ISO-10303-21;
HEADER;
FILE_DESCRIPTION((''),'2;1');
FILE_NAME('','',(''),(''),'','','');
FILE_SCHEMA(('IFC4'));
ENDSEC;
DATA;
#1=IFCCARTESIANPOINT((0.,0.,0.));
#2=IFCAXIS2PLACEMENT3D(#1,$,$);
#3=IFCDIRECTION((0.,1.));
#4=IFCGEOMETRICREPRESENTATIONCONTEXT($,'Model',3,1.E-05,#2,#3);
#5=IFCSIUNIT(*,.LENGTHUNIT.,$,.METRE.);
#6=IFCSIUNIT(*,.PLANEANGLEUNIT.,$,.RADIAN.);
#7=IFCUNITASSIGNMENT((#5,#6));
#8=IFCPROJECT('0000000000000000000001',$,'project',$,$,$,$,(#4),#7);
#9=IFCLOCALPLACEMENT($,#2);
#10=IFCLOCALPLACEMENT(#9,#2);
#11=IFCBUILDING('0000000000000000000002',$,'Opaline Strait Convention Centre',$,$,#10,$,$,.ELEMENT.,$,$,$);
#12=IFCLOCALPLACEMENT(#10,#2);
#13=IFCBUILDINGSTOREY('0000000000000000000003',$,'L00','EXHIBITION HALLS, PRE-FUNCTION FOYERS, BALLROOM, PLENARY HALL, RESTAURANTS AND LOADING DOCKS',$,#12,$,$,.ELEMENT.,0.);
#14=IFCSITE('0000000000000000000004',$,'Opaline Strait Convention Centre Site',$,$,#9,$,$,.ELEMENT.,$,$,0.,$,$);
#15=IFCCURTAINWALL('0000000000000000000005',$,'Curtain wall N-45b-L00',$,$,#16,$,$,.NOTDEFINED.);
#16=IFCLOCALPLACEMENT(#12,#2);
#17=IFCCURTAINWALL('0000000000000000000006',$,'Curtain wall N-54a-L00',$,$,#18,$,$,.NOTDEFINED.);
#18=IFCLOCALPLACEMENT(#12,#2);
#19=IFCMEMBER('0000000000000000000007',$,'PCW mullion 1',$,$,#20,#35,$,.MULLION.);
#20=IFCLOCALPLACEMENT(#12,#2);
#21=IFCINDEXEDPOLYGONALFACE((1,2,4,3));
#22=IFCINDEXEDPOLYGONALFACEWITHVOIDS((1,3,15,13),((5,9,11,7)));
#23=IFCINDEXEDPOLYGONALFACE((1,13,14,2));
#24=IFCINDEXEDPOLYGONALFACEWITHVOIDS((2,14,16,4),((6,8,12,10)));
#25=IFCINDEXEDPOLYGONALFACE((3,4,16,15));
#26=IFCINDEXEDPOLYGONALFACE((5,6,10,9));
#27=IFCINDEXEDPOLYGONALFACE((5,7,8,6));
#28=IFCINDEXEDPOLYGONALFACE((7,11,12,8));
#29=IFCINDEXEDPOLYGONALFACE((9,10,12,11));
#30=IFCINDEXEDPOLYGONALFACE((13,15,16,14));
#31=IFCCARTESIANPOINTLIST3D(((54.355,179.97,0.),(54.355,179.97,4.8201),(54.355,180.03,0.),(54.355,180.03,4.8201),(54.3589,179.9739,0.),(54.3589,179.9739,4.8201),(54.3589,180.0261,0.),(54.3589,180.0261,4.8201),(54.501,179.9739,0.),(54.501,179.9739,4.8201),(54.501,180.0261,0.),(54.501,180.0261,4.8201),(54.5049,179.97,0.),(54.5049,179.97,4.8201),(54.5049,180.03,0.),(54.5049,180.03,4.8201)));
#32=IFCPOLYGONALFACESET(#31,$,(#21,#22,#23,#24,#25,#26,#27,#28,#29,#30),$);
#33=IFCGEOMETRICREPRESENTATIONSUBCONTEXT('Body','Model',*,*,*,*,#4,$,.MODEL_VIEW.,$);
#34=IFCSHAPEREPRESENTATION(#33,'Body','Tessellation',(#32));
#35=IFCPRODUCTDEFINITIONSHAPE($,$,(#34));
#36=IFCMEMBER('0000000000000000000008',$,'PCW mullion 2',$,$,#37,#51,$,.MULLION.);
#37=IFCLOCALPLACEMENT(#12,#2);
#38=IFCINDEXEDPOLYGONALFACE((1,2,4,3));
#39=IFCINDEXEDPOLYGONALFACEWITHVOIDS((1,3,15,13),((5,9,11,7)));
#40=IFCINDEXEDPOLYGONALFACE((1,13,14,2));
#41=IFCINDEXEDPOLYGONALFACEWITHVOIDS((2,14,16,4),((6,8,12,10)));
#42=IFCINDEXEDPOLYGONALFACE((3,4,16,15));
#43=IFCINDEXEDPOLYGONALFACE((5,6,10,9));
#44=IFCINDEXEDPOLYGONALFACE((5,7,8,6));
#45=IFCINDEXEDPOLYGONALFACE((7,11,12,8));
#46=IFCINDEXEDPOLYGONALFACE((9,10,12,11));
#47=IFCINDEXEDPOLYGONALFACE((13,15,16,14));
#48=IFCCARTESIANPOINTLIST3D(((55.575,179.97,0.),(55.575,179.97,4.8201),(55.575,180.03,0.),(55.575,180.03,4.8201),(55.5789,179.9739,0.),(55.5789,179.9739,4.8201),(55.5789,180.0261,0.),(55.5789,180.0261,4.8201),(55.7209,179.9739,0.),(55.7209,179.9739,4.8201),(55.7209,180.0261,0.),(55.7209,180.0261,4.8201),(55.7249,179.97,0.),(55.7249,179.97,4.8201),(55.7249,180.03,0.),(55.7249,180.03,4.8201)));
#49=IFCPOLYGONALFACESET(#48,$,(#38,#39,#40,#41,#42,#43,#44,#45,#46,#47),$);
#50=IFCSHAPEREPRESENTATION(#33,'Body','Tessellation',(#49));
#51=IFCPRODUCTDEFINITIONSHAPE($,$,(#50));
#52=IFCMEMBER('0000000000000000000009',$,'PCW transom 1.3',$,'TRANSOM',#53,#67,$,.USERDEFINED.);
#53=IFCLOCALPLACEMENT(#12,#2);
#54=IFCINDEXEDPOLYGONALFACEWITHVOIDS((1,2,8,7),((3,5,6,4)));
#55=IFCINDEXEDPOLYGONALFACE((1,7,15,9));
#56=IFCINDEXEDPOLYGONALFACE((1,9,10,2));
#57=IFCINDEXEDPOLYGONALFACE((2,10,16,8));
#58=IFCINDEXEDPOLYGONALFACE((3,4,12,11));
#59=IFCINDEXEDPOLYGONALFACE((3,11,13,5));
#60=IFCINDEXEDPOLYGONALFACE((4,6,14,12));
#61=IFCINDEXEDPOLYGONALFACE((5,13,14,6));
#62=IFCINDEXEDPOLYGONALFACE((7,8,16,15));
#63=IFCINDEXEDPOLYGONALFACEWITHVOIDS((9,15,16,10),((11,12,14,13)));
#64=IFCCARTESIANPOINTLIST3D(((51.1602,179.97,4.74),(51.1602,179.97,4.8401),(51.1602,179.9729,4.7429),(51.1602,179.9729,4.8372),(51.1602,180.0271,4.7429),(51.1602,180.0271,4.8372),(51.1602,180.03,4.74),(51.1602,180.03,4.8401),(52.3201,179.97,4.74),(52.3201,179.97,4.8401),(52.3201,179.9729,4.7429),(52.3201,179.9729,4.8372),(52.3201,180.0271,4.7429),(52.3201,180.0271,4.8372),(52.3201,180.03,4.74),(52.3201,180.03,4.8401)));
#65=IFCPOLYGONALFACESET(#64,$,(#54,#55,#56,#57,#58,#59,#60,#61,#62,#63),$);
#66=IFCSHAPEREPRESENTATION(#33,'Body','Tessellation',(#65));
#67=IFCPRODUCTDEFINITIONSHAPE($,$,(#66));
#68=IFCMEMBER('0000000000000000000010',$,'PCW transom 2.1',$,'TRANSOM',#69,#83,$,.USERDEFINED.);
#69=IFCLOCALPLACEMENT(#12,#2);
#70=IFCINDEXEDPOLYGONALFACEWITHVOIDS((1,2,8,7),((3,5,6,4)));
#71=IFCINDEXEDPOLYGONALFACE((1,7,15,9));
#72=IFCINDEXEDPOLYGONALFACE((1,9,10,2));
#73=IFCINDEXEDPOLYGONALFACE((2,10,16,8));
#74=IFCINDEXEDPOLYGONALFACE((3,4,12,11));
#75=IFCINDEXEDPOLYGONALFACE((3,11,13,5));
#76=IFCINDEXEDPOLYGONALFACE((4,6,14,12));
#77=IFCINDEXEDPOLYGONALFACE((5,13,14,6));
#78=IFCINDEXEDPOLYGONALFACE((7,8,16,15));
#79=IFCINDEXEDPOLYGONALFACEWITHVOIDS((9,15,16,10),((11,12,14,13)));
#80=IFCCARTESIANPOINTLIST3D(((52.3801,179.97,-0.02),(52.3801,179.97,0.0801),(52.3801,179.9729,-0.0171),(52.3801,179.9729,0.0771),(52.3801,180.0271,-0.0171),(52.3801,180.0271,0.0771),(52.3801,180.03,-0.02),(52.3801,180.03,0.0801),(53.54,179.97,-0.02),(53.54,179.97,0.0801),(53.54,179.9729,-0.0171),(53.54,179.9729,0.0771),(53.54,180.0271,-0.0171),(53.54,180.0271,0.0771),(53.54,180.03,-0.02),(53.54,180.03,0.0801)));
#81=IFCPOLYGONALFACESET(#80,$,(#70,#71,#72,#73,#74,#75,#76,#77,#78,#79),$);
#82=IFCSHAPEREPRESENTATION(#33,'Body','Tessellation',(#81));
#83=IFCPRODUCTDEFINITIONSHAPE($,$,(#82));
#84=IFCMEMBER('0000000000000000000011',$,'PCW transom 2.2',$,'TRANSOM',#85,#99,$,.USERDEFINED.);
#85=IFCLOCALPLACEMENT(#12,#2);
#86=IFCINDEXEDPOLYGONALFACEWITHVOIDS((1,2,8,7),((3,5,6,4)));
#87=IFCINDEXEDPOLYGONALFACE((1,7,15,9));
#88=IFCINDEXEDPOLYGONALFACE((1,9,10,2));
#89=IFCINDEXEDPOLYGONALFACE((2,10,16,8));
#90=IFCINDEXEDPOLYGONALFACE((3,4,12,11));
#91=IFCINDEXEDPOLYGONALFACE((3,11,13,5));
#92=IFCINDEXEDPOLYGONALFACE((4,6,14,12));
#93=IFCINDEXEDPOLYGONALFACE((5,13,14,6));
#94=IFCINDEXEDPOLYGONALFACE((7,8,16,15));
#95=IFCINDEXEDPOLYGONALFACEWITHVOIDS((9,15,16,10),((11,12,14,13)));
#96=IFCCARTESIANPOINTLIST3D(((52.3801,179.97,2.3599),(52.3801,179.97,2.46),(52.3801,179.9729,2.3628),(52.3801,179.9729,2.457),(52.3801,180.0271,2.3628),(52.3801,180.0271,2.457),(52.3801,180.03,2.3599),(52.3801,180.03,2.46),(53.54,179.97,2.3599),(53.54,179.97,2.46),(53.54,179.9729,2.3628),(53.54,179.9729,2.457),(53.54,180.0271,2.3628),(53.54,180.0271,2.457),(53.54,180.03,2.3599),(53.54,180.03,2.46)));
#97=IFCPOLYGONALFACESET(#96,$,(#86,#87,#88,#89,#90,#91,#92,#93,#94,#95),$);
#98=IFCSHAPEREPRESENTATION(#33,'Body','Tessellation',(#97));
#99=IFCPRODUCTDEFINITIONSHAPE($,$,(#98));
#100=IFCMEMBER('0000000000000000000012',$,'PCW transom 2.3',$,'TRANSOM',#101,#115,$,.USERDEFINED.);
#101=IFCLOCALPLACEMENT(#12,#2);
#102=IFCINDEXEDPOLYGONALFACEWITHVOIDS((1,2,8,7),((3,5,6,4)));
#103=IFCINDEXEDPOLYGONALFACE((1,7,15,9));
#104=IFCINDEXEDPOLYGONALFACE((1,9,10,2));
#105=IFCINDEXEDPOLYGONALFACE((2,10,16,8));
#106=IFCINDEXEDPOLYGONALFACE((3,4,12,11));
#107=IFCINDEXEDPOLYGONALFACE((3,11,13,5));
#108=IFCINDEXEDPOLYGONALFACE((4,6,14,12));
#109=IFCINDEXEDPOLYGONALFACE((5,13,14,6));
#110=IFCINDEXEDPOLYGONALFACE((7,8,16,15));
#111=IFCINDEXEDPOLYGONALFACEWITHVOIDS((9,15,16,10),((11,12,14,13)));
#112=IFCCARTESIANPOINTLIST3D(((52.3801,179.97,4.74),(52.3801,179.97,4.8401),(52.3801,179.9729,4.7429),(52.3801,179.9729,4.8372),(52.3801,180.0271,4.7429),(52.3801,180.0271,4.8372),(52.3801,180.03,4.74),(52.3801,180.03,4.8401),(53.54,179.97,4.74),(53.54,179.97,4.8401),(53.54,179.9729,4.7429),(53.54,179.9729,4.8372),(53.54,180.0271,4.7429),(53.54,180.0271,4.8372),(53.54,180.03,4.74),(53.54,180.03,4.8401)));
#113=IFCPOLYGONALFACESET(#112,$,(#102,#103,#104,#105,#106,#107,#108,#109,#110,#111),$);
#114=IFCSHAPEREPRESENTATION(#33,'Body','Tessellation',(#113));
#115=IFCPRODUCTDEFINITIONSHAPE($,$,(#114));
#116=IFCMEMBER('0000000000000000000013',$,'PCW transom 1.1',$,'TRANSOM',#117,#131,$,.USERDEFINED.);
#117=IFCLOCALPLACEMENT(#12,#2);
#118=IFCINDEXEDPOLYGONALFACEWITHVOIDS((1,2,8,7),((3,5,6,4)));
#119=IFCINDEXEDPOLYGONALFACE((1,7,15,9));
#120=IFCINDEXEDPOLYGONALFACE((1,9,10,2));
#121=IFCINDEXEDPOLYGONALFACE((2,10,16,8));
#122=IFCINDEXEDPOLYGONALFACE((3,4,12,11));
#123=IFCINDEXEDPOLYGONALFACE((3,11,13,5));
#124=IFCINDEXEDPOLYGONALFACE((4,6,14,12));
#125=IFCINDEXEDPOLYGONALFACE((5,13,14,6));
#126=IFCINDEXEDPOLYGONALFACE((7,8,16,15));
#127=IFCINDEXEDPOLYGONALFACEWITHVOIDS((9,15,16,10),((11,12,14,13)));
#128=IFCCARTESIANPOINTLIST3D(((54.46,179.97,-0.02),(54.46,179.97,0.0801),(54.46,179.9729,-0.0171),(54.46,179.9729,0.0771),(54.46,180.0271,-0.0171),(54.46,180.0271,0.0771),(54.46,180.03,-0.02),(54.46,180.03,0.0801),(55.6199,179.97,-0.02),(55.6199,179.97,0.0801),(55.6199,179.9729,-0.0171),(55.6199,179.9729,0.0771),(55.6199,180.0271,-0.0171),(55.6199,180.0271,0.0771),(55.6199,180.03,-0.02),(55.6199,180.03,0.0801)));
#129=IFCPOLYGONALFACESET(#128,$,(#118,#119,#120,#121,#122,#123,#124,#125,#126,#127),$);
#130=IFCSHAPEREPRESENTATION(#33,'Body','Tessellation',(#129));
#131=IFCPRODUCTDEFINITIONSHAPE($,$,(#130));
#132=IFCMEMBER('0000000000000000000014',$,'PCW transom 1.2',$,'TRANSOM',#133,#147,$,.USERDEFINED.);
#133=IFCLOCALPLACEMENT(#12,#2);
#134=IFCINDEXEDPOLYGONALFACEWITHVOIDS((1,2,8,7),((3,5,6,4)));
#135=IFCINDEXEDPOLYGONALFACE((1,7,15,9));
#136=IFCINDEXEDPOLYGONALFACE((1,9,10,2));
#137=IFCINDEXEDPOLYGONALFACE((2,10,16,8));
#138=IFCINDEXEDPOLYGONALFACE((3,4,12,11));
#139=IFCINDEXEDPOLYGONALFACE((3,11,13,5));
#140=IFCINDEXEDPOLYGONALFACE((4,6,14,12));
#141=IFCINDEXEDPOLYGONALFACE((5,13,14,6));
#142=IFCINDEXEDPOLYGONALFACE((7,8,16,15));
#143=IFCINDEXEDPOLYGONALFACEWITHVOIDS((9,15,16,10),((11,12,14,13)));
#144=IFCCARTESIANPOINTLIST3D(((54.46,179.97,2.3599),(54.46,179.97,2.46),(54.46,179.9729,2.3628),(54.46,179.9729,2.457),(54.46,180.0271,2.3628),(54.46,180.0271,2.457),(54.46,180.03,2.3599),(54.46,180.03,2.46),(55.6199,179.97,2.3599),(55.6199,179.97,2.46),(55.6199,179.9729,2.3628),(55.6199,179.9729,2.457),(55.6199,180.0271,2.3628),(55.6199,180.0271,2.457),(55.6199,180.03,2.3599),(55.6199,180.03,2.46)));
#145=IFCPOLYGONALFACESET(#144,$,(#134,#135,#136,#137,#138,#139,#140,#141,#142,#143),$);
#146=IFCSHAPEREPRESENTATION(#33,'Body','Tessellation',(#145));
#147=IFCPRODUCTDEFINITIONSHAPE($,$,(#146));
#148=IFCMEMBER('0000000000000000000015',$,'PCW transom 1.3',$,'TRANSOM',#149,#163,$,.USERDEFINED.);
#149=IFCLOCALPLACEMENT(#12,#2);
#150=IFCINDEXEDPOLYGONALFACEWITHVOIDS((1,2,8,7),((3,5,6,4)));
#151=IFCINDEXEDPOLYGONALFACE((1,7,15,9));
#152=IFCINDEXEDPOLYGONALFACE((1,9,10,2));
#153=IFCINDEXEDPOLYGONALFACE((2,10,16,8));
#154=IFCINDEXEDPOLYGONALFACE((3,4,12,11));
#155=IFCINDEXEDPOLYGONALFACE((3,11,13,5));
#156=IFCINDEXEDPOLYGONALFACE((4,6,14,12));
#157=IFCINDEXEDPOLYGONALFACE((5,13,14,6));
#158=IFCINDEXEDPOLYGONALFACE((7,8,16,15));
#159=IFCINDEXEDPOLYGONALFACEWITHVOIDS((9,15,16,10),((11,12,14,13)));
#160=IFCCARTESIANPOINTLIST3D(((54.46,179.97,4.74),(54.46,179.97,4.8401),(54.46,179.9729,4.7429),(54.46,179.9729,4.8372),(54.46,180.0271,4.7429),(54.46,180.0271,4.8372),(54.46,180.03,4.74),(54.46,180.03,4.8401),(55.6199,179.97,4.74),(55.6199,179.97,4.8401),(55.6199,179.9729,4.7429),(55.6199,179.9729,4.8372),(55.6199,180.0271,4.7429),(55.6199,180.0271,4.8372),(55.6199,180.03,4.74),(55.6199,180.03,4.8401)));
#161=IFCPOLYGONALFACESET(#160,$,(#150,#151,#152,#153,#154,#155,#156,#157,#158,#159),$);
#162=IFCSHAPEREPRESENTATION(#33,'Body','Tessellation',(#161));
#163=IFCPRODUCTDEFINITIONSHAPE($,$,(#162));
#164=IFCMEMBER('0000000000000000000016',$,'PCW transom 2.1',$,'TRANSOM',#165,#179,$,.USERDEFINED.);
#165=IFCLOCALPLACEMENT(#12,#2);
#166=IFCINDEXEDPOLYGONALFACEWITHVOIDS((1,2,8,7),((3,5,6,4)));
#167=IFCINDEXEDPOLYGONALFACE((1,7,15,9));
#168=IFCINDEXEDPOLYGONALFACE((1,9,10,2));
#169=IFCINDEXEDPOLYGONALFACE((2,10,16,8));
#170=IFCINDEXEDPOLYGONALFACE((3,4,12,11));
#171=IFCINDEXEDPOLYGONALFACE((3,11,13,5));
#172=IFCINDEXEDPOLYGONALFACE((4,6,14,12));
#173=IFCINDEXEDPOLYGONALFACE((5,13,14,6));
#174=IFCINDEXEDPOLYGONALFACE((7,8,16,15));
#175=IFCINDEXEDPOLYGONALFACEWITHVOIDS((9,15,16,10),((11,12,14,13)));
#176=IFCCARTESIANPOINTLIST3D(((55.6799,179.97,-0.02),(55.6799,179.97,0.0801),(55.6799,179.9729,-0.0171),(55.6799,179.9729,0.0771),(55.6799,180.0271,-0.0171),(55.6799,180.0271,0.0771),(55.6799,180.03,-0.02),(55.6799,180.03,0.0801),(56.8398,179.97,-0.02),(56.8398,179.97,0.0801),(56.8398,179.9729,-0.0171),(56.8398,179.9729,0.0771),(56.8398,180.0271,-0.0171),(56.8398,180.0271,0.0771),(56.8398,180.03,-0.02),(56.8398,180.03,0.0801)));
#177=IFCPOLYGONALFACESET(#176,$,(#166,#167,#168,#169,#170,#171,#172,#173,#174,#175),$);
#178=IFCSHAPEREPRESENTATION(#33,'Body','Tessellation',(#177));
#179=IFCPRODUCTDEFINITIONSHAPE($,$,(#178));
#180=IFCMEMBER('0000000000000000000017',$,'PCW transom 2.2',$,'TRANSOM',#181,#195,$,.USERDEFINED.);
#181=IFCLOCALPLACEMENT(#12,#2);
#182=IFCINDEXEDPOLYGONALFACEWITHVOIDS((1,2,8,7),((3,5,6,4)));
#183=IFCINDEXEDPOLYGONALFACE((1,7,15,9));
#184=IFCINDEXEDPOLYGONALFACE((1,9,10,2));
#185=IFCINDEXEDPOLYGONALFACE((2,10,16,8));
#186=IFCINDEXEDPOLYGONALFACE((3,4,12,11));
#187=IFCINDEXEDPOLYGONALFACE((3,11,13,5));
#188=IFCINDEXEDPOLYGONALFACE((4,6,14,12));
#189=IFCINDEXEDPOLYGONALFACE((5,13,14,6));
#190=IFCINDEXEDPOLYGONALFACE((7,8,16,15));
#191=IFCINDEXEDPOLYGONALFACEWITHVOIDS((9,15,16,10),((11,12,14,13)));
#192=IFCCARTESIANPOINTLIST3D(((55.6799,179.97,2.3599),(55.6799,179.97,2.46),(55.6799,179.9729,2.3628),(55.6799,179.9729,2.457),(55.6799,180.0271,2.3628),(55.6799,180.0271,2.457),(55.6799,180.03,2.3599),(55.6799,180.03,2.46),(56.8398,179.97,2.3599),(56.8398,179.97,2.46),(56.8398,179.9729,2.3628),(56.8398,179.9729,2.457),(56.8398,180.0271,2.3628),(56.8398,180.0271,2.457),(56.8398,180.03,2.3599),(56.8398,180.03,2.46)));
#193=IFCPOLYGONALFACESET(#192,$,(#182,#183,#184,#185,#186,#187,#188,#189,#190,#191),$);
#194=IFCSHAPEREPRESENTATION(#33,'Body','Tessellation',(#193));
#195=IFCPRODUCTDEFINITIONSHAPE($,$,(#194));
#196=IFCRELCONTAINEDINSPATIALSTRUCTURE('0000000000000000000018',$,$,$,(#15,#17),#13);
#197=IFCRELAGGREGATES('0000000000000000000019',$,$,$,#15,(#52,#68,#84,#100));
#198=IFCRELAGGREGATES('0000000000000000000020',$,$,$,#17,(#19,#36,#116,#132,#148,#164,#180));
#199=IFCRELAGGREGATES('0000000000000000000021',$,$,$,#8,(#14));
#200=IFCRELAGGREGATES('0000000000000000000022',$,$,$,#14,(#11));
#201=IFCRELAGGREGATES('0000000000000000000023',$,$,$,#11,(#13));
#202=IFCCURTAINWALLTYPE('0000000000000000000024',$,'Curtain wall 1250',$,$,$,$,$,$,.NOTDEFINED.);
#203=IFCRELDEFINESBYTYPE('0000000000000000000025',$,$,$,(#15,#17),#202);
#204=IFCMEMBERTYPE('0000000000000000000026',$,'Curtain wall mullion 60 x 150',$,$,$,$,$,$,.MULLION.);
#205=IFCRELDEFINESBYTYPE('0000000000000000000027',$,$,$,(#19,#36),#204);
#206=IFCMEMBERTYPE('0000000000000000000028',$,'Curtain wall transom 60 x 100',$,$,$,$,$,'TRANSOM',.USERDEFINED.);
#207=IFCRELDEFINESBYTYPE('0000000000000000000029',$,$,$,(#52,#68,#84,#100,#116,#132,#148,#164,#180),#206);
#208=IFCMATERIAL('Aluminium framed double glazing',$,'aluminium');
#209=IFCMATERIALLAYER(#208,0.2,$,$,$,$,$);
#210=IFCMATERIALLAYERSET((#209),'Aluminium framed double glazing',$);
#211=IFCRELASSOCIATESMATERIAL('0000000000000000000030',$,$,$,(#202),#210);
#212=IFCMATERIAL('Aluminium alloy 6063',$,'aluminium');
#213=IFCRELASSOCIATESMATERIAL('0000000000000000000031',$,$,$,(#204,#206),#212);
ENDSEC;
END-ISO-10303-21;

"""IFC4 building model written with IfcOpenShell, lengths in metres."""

from ifc_helpers import new_model, si_unit, direction, frame, origin, origin_2d, place, context, subcontext, project, spatial, hollow_rectangle, extrude, material, layer, layer_set, material_profile, profile_set, type_object, element, aggregate, save


model = new_model("IFC4")

# Units and contexts
model_context = context("Model", 3, precision=1e-05, world=origin(), true_north=direction((0.0, 1.0)))
body_context = subcontext(model_context, "Body", "Model", "MODEL_VIEW")
ifc_project = project(units=[si_unit("LENGTHUNIT", "METRE"), si_unit("PLANEANGLEUNIT", "RADIAN")], contexts=[model_context])

# Site, building, storey
site_placement = place(None, origin())
site = spatial("IfcSite", under=ifc_project, at=site_placement, Name="Opaline Strait Convention Centre Site", CompositionType="ELEMENT", RefElevation=0.0)
building_placement = place(site_placement, origin())
building = spatial("IfcBuilding", under=site, at=building_placement, Name="Opaline Strait Convention Centre", CompositionType="ELEMENT")
storey_placement = place(building_placement, origin())
storey = spatial("IfcBuildingStorey", under=building, at=storey_placement, Name="L00", Description="EXHIBITION HALLS, PRE-FUNCTION FOYERS, BALLROOM, PLENARY HALL, RESTAURANTS AND LOADING DOCKS", CompositionType="ELEMENT", Elevation=0.0)

# Curtain walls, members
ifc_material_1 = material(Name="Aluminium framed double glazing", Category="aluminium")
ifc_layer_1 = layer(ifc_material_1, 0.2)
ifc_layer_set_1 = layer_set([ifc_layer_1], Name="Aluminium framed double glazing")
curtain_wall_type = type_object("IfcCurtainWallType", Name="Curtain wall 1250", PredefinedType="NOTDEFINED", material=ifc_layer_set_1)
curtain_wall_1_placement = place(storey_placement, origin())
curtain_wall_1 = element("IfcCurtainWall", 1, at=curtain_wall_1_placement, inside=storey, type_object=curtain_wall_type, Name="Curtain wall N-45b-L00", PredefinedType="NOTDEFINED")
ifc_material_2 = material(Name="Aluminium alloy 6063", Category="aluminium")
ifc_material_profile_1 = material_profile(ifc_material_2, hollow_rectangle(XDim=0.0601, YDim=0.1499, WallThickness=0.0039, at=origin_2d()), Name="MULLION 60x150x4")
ifc_profile_set_1 = profile_set([ifc_material_profile_1], Name="Aluminium alloy 6063")
member_type_1 = type_object("IfcMemberType", Name="Curtain wall mullion 60 x 150", PredefinedType="MULLION", material=ifc_profile_set_1)
curtain_wall_2_placement = place(storey_placement, origin())
curtain_wall_2 = element("IfcCurtainWall", 2, at=curtain_wall_2_placement, inside=storey, type_object=curtain_wall_type, Name="Curtain wall N-54a-L00", PredefinedType="NOTDEFINED")
member_1_placement = place(storey_placement, frame((54.4299, 180.0, 0.0), z_axis=(0.0, 0.0, 1.0), x_axis=(0.0, 1.0, 0.0)))
member_1 = element("IfcMember", 3, at=member_1_placement, type_object=member_type_1, Name="PCW mullion 1", PredefinedType="MULLION", context=body_context, shape_type="SweptSolid", body=[
    extrude(hollow_rectangle(XDim=0.0601, YDim=0.1499, WallThickness=0.0039, at=origin_2d()), origin(), (0.0, 0.0, 1.0), 4.8201),
])
member_2_placement = place(storey_placement, frame((55.6499, 180.0, 0.0), z_axis=(0.0, 0.0, 1.0), x_axis=(0.0, 1.0, 0.0)))
member_2 = element("IfcMember", 4, at=member_2_placement, type_object=member_type_1, Name="PCW mullion 2", PredefinedType="MULLION", context=body_context, shape_type="SweptSolid", body=[
    extrude(hollow_rectangle(XDim=0.0601, YDim=0.1499, WallThickness=0.0039, at=origin_2d()), origin(), (0.0, 0.0, 1.0), 4.8201),
])

# Members
ifc_material_profile_2 = material_profile(ifc_material_2, hollow_rectangle(XDim=0.0601, YDim=0.1001, WallThickness=0.0029, at=origin_2d()), Name="TRANSOM 60x100x3")
ifc_profile_set_2 = profile_set([ifc_material_profile_2], Name="Aluminium alloy 6063")
member_type_2 = type_object("IfcMemberType", Name="Curtain wall transom 60 x 100", ElementType="TRANSOM", PredefinedType="USERDEFINED", material=ifc_profile_set_2)
member_3_placement = place(storey_placement, frame((51.1602, 180.0, 4.79), z_axis=(1.0, 0.0, 0.0), x_axis=(0.0, 1.0, 0.0)))
member_3 = element("IfcMember", 5, at=member_3_placement, type_object=member_type_2, Name="PCW transom 1.3", ObjectType="TRANSOM", PredefinedType="USERDEFINED", context=body_context, shape_type="SweptSolid", body=[
    extrude(hollow_rectangle(XDim=0.0601, YDim=0.1001, WallThickness=0.0029, at=origin_2d()), origin(), (0.0, 0.0, 1.0), 1.1599),
])
member_4_placement = place(storey_placement, frame((52.3801, 180.0, 0.03), z_axis=(1.0, 0.0, 0.0), x_axis=(0.0, 1.0, 0.0)))
member_4 = element("IfcMember", 6, at=member_4_placement, type_object=member_type_2, Name="PCW transom 2.1", ObjectType="TRANSOM", PredefinedType="USERDEFINED", context=body_context, shape_type="SweptSolid", body=[
    extrude(hollow_rectangle(XDim=0.0601, YDim=0.1001, WallThickness=0.0029, at=origin_2d()), origin(), (0.0, 0.0, 1.0), 1.1599),
])
member_5_placement = place(storey_placement, frame((52.3801, 180.0, 2.4099), z_axis=(1.0, 0.0, 0.0), x_axis=(0.0, 1.0, 0.0)))
member_5 = element("IfcMember", 7, at=member_5_placement, type_object=member_type_2, Name="PCW transom 2.2", ObjectType="TRANSOM", PredefinedType="USERDEFINED", context=body_context, shape_type="SweptSolid", body=[
    extrude(hollow_rectangle(XDim=0.0601, YDim=0.1001, WallThickness=0.0029, at=origin_2d()), origin(), (0.0, 0.0, 1.0), 1.1599),
])
member_6_placement = place(storey_placement, frame((52.3801, 180.0, 4.79), z_axis=(1.0, 0.0, 0.0), x_axis=(0.0, 1.0, 0.0)))
member_6 = element("IfcMember", 8, at=member_6_placement, type_object=member_type_2, Name="PCW transom 2.3", ObjectType="TRANSOM", PredefinedType="USERDEFINED", context=body_context, shape_type="SweptSolid", body=[
    extrude(hollow_rectangle(XDim=0.0601, YDim=0.1001, WallThickness=0.0029, at=origin_2d()), origin(), (0.0, 0.0, 1.0), 1.1599),
])
member_7_placement = place(storey_placement, frame((54.46, 180.0, 0.03), z_axis=(1.0, 0.0, 0.0), x_axis=(0.0, 1.0, 0.0)))
member_7 = element("IfcMember", 9, at=member_7_placement, type_object=member_type_2, Name="PCW transom 1.1", ObjectType="TRANSOM", PredefinedType="USERDEFINED", context=body_context, shape_type="SweptSolid", body=[
    extrude(hollow_rectangle(XDim=0.0601, YDim=0.1001, WallThickness=0.0029, at=origin_2d()), origin(), (0.0, 0.0, 1.0), 1.1599),
])
member_8_placement = place(storey_placement, frame((54.46, 180.0, 2.4099), z_axis=(1.0, 0.0, 0.0), x_axis=(0.0, 1.0, 0.0)))
member_8 = element("IfcMember", 10, at=member_8_placement, type_object=member_type_2, Name="PCW transom 1.2", ObjectType="TRANSOM", PredefinedType="USERDEFINED", context=body_context, shape_type="SweptSolid", body=[
    extrude(hollow_rectangle(XDim=0.0601, YDim=0.1001, WallThickness=0.0029, at=origin_2d()), origin(), (0.0, 0.0, 1.0), 1.1599),
])
member_9_placement = place(storey_placement, frame((54.46, 180.0, 4.79), z_axis=(1.0, 0.0, 0.0), x_axis=(0.0, 1.0, 0.0)))
member_9 = element("IfcMember", 11, at=member_9_placement, type_object=member_type_2, Name="PCW transom 1.3", ObjectType="TRANSOM", PredefinedType="USERDEFINED", context=body_context, shape_type="SweptSolid", body=[
    extrude(hollow_rectangle(XDim=0.0601, YDim=0.1001, WallThickness=0.0029, at=origin_2d()), origin(), (0.0, 0.0, 1.0), 1.1599),
])
member_10_placement = place(storey_placement, frame((55.6799, 180.0, 0.03), z_axis=(1.0, 0.0, 0.0), x_axis=(0.0, 1.0, 0.0)))
member_10 = element("IfcMember", 12, at=member_10_placement, type_object=member_type_2, Name="PCW transom 2.1", ObjectType="TRANSOM", PredefinedType="USERDEFINED", context=body_context, shape_type="SweptSolid", body=[
    extrude(hollow_rectangle(XDim=0.0601, YDim=0.1001, WallThickness=0.0029, at=origin_2d()), origin(), (0.0, 0.0, 1.0), 1.1599),
])
member_11_placement = place(storey_placement, frame((55.6799, 180.0, 2.4099), z_axis=(1.0, 0.0, 0.0), x_axis=(0.0, 1.0, 0.0)))
member_11 = element("IfcMember", 13, at=member_11_placement, type_object=member_type_2, Name="PCW transom 2.2", ObjectType="TRANSOM", PredefinedType="USERDEFINED", context=body_context, shape_type="SweptSolid", body=[
    extrude(hollow_rectangle(XDim=0.0601, YDim=0.1001, WallThickness=0.0029, at=origin_2d()), origin(), (0.0, 0.0, 1.0), 1.1599),
])

aggregate(curtain_wall_1, [member_3, member_4, member_5, member_6])
aggregate(curtain_wall_2, [member_1, member_2, member_7, member_8, member_9, member_10, member_11])

save(model, "model.ifc")
